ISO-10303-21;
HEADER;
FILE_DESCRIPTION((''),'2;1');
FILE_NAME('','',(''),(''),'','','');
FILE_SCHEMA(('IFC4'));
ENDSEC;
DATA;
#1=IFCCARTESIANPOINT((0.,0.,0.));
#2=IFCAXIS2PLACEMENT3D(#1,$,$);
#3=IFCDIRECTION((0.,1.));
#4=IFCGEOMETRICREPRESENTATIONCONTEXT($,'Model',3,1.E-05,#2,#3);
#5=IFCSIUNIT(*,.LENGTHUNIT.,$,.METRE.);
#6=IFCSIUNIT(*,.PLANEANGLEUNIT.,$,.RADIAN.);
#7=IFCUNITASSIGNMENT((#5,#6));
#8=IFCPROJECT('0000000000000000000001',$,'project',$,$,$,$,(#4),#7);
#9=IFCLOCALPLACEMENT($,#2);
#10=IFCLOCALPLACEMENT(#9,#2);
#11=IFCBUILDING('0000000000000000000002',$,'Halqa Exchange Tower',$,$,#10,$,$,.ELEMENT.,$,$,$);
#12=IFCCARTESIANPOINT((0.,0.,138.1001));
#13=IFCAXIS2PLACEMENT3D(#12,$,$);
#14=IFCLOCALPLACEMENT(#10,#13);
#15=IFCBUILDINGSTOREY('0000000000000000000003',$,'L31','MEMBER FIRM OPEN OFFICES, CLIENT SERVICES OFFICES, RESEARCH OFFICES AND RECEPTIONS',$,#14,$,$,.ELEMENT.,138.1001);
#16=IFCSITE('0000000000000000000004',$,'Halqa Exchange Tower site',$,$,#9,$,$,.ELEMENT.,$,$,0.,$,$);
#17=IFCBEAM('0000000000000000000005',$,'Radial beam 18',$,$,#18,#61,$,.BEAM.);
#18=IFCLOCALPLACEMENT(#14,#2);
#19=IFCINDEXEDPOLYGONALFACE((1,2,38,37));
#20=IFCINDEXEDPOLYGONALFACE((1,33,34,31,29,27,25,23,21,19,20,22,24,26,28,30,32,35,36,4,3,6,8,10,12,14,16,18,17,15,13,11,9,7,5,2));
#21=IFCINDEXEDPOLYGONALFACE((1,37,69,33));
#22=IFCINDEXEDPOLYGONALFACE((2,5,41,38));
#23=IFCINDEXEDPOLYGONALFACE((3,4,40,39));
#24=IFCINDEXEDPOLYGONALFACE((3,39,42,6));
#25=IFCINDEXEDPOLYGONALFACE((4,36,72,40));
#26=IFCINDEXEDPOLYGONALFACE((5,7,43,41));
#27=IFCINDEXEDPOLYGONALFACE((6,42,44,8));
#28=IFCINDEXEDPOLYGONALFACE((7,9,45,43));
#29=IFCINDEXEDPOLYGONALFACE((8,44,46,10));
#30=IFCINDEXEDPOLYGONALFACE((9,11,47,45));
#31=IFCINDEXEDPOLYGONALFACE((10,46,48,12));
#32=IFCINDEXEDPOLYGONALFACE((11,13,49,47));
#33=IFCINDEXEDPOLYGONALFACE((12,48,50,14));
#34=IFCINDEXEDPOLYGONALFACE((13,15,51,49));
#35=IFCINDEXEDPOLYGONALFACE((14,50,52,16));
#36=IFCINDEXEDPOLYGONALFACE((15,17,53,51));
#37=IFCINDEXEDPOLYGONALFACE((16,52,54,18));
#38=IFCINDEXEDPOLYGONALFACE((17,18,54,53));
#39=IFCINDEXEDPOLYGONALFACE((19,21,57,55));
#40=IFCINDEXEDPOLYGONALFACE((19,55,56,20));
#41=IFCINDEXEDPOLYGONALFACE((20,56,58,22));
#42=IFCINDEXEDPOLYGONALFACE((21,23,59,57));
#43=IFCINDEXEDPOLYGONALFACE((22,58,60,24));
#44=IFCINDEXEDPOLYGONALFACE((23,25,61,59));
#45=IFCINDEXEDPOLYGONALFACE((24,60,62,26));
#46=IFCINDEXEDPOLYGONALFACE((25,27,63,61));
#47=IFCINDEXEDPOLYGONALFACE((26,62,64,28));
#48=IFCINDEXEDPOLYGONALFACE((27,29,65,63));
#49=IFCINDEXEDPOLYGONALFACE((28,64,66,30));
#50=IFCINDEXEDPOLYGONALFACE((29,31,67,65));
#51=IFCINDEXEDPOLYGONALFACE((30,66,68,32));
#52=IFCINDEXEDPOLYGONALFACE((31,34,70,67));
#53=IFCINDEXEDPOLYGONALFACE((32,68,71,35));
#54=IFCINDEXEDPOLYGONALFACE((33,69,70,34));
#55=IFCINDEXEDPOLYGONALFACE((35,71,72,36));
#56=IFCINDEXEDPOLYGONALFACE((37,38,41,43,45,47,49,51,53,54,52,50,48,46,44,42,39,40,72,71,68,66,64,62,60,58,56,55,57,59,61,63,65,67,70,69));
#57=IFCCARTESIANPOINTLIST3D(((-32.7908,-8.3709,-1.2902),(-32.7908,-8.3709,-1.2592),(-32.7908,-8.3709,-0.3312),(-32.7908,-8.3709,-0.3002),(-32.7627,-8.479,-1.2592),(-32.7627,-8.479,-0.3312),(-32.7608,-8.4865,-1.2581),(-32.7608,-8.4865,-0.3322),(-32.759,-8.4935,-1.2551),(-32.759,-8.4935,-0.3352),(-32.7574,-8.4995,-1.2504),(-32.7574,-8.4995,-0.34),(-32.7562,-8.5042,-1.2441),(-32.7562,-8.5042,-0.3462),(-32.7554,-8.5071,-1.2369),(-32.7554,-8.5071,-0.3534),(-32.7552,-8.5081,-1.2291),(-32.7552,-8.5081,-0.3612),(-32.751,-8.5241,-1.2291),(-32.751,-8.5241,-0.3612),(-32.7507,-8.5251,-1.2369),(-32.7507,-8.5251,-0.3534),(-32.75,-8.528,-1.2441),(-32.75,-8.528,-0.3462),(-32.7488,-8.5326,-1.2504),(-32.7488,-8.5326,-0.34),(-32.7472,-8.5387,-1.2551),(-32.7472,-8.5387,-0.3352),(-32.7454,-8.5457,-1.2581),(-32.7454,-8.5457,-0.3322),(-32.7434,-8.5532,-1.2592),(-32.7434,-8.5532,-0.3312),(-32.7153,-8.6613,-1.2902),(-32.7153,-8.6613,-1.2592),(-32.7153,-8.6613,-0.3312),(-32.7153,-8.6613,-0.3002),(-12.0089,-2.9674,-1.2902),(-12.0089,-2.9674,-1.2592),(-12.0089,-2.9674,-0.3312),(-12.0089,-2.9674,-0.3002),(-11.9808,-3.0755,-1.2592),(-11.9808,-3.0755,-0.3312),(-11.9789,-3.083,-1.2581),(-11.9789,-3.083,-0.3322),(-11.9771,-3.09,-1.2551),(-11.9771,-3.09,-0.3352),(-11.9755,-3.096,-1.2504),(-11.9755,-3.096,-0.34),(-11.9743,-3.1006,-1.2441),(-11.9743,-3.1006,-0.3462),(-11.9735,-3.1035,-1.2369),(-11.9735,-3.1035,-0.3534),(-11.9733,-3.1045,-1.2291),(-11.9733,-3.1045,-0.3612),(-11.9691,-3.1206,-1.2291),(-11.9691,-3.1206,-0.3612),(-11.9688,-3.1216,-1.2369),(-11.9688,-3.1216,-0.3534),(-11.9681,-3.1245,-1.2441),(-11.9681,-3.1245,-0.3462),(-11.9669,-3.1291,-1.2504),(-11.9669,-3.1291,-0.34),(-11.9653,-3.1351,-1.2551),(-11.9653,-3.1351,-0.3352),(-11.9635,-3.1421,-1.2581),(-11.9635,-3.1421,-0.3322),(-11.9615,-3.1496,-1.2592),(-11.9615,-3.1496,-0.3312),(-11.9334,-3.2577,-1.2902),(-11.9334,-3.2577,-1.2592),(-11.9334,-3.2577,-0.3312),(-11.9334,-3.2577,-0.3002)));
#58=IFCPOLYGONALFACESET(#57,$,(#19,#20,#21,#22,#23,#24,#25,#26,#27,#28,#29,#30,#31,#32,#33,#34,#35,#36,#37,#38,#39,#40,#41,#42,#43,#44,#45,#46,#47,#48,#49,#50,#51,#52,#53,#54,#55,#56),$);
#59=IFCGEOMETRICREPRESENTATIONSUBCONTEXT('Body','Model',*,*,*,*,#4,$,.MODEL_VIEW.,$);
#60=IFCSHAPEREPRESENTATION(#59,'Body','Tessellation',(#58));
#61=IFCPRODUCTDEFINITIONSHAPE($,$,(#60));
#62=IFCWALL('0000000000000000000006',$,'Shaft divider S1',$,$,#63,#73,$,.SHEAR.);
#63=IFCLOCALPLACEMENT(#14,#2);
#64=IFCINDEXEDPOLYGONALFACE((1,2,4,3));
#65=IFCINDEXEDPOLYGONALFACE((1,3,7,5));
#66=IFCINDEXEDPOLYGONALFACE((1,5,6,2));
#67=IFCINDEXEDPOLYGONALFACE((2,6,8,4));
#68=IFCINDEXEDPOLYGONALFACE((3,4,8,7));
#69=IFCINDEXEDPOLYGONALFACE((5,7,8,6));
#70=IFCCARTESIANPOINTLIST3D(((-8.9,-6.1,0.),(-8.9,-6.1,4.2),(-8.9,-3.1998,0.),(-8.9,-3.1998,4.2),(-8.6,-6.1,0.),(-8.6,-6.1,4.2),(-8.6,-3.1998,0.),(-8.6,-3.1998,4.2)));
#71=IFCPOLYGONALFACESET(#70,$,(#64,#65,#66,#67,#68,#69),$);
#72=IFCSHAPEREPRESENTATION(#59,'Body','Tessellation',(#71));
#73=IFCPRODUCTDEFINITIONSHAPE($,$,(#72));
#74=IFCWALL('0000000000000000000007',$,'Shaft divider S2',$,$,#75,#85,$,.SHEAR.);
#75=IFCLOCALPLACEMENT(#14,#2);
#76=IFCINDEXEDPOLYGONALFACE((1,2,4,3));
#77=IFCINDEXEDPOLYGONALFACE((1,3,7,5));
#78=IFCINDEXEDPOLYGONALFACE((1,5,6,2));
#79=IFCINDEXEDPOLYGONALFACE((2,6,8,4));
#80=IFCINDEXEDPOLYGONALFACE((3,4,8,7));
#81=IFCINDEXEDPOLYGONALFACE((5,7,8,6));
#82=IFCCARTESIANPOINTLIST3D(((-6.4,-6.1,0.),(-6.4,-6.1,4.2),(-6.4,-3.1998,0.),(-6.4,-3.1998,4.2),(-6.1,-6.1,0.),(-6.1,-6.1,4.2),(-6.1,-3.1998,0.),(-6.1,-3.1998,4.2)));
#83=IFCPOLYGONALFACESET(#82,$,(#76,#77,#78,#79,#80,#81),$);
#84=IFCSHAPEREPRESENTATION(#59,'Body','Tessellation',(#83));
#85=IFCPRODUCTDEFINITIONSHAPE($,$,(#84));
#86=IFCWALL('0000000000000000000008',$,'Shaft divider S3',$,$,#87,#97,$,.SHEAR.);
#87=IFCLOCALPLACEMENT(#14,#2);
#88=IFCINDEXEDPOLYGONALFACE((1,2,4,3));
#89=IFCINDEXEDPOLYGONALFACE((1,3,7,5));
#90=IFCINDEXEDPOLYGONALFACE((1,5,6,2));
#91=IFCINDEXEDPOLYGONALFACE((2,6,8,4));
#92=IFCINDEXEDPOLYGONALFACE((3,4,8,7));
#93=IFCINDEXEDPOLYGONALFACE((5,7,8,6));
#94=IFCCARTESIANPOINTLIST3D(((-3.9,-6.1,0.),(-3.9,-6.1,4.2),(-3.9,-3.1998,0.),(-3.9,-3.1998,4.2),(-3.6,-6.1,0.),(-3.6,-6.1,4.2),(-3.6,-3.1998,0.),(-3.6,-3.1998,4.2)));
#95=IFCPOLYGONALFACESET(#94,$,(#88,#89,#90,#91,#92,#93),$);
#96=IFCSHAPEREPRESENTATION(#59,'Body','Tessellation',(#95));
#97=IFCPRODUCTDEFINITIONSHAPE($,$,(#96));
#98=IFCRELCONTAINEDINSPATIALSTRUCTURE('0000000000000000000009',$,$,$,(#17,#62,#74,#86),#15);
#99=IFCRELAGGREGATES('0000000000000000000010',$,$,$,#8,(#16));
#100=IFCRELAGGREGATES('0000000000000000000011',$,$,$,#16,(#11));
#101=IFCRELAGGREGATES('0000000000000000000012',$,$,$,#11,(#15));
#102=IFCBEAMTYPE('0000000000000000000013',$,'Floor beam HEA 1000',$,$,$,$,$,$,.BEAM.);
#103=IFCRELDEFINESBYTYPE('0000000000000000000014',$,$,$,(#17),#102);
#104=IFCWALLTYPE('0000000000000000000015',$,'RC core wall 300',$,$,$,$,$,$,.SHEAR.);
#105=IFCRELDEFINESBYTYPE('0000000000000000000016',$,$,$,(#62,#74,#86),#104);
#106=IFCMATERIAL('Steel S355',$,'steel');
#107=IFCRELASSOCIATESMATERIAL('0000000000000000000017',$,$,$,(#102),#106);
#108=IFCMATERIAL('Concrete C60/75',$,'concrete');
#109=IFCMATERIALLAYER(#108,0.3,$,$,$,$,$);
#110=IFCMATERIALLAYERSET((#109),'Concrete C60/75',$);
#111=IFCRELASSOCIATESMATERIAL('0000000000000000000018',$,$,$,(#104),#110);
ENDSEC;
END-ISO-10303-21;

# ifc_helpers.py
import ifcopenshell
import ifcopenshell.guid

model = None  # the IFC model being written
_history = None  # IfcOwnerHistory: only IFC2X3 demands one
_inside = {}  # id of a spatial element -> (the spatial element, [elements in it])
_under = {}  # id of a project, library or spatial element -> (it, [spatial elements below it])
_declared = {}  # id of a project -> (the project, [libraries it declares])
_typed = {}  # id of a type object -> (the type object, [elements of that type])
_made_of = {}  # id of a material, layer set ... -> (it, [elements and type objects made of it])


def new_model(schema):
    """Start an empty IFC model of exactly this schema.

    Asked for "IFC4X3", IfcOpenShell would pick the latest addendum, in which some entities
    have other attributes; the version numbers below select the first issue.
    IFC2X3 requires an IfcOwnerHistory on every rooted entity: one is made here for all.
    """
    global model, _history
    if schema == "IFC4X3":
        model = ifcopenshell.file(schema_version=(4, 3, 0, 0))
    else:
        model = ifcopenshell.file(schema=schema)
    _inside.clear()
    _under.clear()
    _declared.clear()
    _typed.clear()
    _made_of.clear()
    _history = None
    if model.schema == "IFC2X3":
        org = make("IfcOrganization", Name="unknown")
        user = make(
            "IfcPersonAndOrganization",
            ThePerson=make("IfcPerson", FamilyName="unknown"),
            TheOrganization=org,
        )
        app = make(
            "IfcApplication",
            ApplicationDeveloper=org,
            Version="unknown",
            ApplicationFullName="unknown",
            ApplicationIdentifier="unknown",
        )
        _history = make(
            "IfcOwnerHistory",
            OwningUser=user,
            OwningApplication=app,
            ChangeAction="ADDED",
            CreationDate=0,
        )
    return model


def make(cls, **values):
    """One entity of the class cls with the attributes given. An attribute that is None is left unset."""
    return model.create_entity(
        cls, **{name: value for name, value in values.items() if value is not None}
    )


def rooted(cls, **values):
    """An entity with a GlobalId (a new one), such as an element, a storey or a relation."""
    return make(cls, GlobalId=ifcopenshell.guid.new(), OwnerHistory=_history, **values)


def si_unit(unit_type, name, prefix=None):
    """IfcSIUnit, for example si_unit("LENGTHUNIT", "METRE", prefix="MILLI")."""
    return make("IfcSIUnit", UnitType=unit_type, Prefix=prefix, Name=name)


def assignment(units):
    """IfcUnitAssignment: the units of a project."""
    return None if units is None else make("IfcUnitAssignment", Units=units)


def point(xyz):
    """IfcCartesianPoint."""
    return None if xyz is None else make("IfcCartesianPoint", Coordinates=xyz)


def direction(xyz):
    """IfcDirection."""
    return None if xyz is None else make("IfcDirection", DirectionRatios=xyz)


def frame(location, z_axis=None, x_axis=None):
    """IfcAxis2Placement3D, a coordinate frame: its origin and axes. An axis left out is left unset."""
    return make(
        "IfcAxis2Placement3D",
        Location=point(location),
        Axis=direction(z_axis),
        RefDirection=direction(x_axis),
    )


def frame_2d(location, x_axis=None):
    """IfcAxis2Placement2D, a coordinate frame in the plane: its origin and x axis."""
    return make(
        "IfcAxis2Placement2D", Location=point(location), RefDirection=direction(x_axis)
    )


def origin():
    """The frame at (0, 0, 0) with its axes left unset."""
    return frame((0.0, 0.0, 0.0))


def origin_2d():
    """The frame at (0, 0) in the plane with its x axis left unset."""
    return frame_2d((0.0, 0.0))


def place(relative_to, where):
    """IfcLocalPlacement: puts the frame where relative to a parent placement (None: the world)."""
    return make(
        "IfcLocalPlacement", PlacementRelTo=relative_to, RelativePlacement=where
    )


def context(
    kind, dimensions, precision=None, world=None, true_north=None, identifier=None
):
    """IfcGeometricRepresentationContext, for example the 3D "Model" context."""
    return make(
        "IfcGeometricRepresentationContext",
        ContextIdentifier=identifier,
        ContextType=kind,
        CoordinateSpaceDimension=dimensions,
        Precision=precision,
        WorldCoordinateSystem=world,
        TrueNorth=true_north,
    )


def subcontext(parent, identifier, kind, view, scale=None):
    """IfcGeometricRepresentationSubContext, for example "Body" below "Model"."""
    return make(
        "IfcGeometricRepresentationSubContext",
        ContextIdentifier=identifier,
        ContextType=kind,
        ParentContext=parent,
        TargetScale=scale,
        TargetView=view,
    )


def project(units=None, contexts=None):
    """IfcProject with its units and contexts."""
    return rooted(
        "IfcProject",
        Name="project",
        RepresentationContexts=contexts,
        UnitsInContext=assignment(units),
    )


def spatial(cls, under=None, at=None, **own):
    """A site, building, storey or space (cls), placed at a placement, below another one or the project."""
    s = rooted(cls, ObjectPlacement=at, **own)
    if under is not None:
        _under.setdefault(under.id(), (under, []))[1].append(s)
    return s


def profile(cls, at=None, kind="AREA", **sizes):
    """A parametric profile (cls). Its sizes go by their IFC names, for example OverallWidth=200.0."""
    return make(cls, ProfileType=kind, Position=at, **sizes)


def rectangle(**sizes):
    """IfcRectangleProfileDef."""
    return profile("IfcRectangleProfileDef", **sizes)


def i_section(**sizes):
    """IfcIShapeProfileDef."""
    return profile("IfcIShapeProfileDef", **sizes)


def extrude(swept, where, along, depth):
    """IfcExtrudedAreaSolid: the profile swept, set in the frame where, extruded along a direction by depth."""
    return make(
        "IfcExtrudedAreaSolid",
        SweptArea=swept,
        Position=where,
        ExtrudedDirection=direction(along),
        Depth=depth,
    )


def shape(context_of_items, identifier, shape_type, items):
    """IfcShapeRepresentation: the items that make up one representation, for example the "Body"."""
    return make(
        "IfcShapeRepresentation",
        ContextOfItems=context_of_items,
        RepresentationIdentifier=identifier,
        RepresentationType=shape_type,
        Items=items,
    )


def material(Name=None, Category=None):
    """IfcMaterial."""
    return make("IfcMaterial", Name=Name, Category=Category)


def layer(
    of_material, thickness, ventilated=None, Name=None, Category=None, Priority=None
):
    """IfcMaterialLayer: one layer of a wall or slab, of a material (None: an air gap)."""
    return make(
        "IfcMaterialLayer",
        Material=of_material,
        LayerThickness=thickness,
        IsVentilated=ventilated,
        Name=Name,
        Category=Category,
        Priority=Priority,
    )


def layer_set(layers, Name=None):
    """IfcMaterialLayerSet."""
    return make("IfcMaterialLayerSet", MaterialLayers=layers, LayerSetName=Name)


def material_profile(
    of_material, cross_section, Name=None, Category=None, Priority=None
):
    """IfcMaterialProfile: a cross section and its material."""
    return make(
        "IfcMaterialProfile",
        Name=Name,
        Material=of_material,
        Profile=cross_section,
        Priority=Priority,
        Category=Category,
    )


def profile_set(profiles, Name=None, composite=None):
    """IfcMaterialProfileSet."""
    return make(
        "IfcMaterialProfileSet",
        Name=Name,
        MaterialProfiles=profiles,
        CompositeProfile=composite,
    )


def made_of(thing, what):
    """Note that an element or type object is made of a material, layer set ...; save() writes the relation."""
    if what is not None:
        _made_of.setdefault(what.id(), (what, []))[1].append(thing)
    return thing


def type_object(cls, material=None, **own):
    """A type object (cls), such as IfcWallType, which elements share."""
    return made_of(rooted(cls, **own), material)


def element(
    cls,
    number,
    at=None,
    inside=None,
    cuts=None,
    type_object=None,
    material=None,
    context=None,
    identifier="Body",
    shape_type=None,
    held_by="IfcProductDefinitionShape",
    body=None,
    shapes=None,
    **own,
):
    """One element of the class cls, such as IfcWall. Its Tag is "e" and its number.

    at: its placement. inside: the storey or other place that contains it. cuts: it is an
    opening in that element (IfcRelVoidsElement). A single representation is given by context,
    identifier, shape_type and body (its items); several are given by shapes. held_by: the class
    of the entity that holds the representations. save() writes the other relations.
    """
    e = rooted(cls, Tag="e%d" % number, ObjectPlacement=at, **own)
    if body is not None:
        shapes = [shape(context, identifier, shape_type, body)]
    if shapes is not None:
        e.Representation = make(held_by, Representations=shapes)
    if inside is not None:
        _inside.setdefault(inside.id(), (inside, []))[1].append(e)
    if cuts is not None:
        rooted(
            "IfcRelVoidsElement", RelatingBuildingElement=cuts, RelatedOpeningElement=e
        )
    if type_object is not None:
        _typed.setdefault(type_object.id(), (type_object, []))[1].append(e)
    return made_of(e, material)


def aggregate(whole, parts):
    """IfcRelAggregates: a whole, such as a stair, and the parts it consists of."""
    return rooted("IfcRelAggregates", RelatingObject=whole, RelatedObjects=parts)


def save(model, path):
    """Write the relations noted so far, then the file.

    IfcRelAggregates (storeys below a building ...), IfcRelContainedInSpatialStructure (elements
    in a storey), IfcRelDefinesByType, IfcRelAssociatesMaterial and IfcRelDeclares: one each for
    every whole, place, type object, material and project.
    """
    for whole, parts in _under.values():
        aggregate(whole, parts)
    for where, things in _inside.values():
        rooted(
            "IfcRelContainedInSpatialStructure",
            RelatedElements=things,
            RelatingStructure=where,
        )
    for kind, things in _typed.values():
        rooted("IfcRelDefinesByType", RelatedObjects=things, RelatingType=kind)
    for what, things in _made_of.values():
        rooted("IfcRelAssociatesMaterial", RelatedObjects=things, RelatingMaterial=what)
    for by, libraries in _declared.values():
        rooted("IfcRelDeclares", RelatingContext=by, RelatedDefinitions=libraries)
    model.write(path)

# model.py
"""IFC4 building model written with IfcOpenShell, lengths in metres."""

from ifc_helpers import new_model, si_unit, direction, frame, frame_2d, origin, origin_2d, place, context, subcontext, project, spatial, rectangle, i_section, extrude, material, layer, layer_set, material_profile, profile_set, type_object, element, save


model = new_model("IFC4")

# Units and contexts
model_context = context("Model", 3, precision=1e-05, world=origin(), true_north=direction((0.0, 1.0)))
body_context = subcontext(model_context, "Body", "Model", "MODEL_VIEW")
ifc_project = project(units=[si_unit("LENGTHUNIT", "METRE"), si_unit("PLANEANGLEUNIT", "RADIAN")], contexts=[model_context])

# Site, building, storey
site_placement = place(None, origin())
site = spatial("IfcSite", under=ifc_project, at=site_placement, Name="Halqa Exchange Tower site", CompositionType="ELEMENT", RefElevation=0.0)
building_placement = place(site_placement, origin())
building = spatial("IfcBuilding", under=site, at=building_placement, Name="Halqa Exchange Tower", CompositionType="ELEMENT")
storey_placement = place(building_placement, frame((0.0, 0.0, 138.1001)))
storey = spatial("IfcBuildingStorey", under=building, at=storey_placement, Name="L31", Description="MEMBER FIRM OPEN OFFICES, CLIENT SERVICES OFFICES, RESEARCH OFFICES AND RECEPTIONS", CompositionType="ELEMENT", Elevation=138.1001)

# Beam
ifc_material_1 = material(Name="Steel S355", Category="steel")
ifc_material_profile = material_profile(ifc_material_1, i_section(OverallWidth=0.3, OverallDepth=0.99, WebThickness=0.0166, FlangeThickness=0.031, FilletRadius=0.03, at=origin_2d()), Name="HEA 1000")
ifc_profile_set = profile_set([ifc_material_profile], Name="Steel S355")
beam_type = type_object("IfcBeamType", Name="Floor beam HEA 1000", PredefinedType="BEAM", material=ifc_profile_set)
beam_placement = place(storey_placement, frame((-11.9712, -3.1125, -0.7952), z_axis=(-0.96782, -0.251645, 0.0), x_axis=(0.251645, -0.96782, 0.0)))
element("IfcBeam", 1, at=beam_placement, inside=storey, type_object=beam_type, Name="Radial beam 18", PredefinedType="BEAM", context=body_context, shape_type="SweptSolid", body=[
    extrude(i_section(OverallWidth=0.3, OverallDepth=0.99, WebThickness=0.0166, FlangeThickness=0.031, FilletRadius=0.03, at=origin_2d()), origin(), (0.0, 0.0, 1.0), 21.4729),
])

# Walls
ifc_material_2 = material(Name="Concrete C60/75", Category="concrete")
ifc_layer_1 = layer(ifc_material_2, 0.3)
ifc_layer_set_1 = layer_set([ifc_layer_1], Name="Concrete C60/75")
wall_type_1 = type_object("IfcWallType", Name="RC core wall 300", PredefinedType="SHEAR", material=ifc_layer_set_1)
for number, where, z_axis, x_axis, name in (
    (2, (-8.75, -6.1001, 0.0), (0.0, 0.0, 1.0), (0.0, 1.0, 0.0), "Shaft divider S1"),
    (3, (-6.25, -6.1001, 0.0), (0.0, 0.0, 1.0), (0.0, 1.0, 0.0), "Shaft divider S2"),
    (4, (-3.75, -6.1001, 0.0), (0.0, 0.0, 1.0), (0.0, 1.0, 0.0), "Shaft divider S3"),
):
    element("IfcWall", number, at=place(storey_placement, frame(where, z_axis=z_axis, x_axis=x_axis)), inside=storey, type_object=wall_type_1, Name=name, PredefinedType="SHEAR", context=body_context, shape_type="SweptSolid", body=[
        extrude(rectangle(XDim=2.9001, YDim=0.3, at=frame_2d((1.4502, 0.0))), origin(), (0.0, 0.0, 1.0), 4.2),
    ])

save(model, "model.ifc")
